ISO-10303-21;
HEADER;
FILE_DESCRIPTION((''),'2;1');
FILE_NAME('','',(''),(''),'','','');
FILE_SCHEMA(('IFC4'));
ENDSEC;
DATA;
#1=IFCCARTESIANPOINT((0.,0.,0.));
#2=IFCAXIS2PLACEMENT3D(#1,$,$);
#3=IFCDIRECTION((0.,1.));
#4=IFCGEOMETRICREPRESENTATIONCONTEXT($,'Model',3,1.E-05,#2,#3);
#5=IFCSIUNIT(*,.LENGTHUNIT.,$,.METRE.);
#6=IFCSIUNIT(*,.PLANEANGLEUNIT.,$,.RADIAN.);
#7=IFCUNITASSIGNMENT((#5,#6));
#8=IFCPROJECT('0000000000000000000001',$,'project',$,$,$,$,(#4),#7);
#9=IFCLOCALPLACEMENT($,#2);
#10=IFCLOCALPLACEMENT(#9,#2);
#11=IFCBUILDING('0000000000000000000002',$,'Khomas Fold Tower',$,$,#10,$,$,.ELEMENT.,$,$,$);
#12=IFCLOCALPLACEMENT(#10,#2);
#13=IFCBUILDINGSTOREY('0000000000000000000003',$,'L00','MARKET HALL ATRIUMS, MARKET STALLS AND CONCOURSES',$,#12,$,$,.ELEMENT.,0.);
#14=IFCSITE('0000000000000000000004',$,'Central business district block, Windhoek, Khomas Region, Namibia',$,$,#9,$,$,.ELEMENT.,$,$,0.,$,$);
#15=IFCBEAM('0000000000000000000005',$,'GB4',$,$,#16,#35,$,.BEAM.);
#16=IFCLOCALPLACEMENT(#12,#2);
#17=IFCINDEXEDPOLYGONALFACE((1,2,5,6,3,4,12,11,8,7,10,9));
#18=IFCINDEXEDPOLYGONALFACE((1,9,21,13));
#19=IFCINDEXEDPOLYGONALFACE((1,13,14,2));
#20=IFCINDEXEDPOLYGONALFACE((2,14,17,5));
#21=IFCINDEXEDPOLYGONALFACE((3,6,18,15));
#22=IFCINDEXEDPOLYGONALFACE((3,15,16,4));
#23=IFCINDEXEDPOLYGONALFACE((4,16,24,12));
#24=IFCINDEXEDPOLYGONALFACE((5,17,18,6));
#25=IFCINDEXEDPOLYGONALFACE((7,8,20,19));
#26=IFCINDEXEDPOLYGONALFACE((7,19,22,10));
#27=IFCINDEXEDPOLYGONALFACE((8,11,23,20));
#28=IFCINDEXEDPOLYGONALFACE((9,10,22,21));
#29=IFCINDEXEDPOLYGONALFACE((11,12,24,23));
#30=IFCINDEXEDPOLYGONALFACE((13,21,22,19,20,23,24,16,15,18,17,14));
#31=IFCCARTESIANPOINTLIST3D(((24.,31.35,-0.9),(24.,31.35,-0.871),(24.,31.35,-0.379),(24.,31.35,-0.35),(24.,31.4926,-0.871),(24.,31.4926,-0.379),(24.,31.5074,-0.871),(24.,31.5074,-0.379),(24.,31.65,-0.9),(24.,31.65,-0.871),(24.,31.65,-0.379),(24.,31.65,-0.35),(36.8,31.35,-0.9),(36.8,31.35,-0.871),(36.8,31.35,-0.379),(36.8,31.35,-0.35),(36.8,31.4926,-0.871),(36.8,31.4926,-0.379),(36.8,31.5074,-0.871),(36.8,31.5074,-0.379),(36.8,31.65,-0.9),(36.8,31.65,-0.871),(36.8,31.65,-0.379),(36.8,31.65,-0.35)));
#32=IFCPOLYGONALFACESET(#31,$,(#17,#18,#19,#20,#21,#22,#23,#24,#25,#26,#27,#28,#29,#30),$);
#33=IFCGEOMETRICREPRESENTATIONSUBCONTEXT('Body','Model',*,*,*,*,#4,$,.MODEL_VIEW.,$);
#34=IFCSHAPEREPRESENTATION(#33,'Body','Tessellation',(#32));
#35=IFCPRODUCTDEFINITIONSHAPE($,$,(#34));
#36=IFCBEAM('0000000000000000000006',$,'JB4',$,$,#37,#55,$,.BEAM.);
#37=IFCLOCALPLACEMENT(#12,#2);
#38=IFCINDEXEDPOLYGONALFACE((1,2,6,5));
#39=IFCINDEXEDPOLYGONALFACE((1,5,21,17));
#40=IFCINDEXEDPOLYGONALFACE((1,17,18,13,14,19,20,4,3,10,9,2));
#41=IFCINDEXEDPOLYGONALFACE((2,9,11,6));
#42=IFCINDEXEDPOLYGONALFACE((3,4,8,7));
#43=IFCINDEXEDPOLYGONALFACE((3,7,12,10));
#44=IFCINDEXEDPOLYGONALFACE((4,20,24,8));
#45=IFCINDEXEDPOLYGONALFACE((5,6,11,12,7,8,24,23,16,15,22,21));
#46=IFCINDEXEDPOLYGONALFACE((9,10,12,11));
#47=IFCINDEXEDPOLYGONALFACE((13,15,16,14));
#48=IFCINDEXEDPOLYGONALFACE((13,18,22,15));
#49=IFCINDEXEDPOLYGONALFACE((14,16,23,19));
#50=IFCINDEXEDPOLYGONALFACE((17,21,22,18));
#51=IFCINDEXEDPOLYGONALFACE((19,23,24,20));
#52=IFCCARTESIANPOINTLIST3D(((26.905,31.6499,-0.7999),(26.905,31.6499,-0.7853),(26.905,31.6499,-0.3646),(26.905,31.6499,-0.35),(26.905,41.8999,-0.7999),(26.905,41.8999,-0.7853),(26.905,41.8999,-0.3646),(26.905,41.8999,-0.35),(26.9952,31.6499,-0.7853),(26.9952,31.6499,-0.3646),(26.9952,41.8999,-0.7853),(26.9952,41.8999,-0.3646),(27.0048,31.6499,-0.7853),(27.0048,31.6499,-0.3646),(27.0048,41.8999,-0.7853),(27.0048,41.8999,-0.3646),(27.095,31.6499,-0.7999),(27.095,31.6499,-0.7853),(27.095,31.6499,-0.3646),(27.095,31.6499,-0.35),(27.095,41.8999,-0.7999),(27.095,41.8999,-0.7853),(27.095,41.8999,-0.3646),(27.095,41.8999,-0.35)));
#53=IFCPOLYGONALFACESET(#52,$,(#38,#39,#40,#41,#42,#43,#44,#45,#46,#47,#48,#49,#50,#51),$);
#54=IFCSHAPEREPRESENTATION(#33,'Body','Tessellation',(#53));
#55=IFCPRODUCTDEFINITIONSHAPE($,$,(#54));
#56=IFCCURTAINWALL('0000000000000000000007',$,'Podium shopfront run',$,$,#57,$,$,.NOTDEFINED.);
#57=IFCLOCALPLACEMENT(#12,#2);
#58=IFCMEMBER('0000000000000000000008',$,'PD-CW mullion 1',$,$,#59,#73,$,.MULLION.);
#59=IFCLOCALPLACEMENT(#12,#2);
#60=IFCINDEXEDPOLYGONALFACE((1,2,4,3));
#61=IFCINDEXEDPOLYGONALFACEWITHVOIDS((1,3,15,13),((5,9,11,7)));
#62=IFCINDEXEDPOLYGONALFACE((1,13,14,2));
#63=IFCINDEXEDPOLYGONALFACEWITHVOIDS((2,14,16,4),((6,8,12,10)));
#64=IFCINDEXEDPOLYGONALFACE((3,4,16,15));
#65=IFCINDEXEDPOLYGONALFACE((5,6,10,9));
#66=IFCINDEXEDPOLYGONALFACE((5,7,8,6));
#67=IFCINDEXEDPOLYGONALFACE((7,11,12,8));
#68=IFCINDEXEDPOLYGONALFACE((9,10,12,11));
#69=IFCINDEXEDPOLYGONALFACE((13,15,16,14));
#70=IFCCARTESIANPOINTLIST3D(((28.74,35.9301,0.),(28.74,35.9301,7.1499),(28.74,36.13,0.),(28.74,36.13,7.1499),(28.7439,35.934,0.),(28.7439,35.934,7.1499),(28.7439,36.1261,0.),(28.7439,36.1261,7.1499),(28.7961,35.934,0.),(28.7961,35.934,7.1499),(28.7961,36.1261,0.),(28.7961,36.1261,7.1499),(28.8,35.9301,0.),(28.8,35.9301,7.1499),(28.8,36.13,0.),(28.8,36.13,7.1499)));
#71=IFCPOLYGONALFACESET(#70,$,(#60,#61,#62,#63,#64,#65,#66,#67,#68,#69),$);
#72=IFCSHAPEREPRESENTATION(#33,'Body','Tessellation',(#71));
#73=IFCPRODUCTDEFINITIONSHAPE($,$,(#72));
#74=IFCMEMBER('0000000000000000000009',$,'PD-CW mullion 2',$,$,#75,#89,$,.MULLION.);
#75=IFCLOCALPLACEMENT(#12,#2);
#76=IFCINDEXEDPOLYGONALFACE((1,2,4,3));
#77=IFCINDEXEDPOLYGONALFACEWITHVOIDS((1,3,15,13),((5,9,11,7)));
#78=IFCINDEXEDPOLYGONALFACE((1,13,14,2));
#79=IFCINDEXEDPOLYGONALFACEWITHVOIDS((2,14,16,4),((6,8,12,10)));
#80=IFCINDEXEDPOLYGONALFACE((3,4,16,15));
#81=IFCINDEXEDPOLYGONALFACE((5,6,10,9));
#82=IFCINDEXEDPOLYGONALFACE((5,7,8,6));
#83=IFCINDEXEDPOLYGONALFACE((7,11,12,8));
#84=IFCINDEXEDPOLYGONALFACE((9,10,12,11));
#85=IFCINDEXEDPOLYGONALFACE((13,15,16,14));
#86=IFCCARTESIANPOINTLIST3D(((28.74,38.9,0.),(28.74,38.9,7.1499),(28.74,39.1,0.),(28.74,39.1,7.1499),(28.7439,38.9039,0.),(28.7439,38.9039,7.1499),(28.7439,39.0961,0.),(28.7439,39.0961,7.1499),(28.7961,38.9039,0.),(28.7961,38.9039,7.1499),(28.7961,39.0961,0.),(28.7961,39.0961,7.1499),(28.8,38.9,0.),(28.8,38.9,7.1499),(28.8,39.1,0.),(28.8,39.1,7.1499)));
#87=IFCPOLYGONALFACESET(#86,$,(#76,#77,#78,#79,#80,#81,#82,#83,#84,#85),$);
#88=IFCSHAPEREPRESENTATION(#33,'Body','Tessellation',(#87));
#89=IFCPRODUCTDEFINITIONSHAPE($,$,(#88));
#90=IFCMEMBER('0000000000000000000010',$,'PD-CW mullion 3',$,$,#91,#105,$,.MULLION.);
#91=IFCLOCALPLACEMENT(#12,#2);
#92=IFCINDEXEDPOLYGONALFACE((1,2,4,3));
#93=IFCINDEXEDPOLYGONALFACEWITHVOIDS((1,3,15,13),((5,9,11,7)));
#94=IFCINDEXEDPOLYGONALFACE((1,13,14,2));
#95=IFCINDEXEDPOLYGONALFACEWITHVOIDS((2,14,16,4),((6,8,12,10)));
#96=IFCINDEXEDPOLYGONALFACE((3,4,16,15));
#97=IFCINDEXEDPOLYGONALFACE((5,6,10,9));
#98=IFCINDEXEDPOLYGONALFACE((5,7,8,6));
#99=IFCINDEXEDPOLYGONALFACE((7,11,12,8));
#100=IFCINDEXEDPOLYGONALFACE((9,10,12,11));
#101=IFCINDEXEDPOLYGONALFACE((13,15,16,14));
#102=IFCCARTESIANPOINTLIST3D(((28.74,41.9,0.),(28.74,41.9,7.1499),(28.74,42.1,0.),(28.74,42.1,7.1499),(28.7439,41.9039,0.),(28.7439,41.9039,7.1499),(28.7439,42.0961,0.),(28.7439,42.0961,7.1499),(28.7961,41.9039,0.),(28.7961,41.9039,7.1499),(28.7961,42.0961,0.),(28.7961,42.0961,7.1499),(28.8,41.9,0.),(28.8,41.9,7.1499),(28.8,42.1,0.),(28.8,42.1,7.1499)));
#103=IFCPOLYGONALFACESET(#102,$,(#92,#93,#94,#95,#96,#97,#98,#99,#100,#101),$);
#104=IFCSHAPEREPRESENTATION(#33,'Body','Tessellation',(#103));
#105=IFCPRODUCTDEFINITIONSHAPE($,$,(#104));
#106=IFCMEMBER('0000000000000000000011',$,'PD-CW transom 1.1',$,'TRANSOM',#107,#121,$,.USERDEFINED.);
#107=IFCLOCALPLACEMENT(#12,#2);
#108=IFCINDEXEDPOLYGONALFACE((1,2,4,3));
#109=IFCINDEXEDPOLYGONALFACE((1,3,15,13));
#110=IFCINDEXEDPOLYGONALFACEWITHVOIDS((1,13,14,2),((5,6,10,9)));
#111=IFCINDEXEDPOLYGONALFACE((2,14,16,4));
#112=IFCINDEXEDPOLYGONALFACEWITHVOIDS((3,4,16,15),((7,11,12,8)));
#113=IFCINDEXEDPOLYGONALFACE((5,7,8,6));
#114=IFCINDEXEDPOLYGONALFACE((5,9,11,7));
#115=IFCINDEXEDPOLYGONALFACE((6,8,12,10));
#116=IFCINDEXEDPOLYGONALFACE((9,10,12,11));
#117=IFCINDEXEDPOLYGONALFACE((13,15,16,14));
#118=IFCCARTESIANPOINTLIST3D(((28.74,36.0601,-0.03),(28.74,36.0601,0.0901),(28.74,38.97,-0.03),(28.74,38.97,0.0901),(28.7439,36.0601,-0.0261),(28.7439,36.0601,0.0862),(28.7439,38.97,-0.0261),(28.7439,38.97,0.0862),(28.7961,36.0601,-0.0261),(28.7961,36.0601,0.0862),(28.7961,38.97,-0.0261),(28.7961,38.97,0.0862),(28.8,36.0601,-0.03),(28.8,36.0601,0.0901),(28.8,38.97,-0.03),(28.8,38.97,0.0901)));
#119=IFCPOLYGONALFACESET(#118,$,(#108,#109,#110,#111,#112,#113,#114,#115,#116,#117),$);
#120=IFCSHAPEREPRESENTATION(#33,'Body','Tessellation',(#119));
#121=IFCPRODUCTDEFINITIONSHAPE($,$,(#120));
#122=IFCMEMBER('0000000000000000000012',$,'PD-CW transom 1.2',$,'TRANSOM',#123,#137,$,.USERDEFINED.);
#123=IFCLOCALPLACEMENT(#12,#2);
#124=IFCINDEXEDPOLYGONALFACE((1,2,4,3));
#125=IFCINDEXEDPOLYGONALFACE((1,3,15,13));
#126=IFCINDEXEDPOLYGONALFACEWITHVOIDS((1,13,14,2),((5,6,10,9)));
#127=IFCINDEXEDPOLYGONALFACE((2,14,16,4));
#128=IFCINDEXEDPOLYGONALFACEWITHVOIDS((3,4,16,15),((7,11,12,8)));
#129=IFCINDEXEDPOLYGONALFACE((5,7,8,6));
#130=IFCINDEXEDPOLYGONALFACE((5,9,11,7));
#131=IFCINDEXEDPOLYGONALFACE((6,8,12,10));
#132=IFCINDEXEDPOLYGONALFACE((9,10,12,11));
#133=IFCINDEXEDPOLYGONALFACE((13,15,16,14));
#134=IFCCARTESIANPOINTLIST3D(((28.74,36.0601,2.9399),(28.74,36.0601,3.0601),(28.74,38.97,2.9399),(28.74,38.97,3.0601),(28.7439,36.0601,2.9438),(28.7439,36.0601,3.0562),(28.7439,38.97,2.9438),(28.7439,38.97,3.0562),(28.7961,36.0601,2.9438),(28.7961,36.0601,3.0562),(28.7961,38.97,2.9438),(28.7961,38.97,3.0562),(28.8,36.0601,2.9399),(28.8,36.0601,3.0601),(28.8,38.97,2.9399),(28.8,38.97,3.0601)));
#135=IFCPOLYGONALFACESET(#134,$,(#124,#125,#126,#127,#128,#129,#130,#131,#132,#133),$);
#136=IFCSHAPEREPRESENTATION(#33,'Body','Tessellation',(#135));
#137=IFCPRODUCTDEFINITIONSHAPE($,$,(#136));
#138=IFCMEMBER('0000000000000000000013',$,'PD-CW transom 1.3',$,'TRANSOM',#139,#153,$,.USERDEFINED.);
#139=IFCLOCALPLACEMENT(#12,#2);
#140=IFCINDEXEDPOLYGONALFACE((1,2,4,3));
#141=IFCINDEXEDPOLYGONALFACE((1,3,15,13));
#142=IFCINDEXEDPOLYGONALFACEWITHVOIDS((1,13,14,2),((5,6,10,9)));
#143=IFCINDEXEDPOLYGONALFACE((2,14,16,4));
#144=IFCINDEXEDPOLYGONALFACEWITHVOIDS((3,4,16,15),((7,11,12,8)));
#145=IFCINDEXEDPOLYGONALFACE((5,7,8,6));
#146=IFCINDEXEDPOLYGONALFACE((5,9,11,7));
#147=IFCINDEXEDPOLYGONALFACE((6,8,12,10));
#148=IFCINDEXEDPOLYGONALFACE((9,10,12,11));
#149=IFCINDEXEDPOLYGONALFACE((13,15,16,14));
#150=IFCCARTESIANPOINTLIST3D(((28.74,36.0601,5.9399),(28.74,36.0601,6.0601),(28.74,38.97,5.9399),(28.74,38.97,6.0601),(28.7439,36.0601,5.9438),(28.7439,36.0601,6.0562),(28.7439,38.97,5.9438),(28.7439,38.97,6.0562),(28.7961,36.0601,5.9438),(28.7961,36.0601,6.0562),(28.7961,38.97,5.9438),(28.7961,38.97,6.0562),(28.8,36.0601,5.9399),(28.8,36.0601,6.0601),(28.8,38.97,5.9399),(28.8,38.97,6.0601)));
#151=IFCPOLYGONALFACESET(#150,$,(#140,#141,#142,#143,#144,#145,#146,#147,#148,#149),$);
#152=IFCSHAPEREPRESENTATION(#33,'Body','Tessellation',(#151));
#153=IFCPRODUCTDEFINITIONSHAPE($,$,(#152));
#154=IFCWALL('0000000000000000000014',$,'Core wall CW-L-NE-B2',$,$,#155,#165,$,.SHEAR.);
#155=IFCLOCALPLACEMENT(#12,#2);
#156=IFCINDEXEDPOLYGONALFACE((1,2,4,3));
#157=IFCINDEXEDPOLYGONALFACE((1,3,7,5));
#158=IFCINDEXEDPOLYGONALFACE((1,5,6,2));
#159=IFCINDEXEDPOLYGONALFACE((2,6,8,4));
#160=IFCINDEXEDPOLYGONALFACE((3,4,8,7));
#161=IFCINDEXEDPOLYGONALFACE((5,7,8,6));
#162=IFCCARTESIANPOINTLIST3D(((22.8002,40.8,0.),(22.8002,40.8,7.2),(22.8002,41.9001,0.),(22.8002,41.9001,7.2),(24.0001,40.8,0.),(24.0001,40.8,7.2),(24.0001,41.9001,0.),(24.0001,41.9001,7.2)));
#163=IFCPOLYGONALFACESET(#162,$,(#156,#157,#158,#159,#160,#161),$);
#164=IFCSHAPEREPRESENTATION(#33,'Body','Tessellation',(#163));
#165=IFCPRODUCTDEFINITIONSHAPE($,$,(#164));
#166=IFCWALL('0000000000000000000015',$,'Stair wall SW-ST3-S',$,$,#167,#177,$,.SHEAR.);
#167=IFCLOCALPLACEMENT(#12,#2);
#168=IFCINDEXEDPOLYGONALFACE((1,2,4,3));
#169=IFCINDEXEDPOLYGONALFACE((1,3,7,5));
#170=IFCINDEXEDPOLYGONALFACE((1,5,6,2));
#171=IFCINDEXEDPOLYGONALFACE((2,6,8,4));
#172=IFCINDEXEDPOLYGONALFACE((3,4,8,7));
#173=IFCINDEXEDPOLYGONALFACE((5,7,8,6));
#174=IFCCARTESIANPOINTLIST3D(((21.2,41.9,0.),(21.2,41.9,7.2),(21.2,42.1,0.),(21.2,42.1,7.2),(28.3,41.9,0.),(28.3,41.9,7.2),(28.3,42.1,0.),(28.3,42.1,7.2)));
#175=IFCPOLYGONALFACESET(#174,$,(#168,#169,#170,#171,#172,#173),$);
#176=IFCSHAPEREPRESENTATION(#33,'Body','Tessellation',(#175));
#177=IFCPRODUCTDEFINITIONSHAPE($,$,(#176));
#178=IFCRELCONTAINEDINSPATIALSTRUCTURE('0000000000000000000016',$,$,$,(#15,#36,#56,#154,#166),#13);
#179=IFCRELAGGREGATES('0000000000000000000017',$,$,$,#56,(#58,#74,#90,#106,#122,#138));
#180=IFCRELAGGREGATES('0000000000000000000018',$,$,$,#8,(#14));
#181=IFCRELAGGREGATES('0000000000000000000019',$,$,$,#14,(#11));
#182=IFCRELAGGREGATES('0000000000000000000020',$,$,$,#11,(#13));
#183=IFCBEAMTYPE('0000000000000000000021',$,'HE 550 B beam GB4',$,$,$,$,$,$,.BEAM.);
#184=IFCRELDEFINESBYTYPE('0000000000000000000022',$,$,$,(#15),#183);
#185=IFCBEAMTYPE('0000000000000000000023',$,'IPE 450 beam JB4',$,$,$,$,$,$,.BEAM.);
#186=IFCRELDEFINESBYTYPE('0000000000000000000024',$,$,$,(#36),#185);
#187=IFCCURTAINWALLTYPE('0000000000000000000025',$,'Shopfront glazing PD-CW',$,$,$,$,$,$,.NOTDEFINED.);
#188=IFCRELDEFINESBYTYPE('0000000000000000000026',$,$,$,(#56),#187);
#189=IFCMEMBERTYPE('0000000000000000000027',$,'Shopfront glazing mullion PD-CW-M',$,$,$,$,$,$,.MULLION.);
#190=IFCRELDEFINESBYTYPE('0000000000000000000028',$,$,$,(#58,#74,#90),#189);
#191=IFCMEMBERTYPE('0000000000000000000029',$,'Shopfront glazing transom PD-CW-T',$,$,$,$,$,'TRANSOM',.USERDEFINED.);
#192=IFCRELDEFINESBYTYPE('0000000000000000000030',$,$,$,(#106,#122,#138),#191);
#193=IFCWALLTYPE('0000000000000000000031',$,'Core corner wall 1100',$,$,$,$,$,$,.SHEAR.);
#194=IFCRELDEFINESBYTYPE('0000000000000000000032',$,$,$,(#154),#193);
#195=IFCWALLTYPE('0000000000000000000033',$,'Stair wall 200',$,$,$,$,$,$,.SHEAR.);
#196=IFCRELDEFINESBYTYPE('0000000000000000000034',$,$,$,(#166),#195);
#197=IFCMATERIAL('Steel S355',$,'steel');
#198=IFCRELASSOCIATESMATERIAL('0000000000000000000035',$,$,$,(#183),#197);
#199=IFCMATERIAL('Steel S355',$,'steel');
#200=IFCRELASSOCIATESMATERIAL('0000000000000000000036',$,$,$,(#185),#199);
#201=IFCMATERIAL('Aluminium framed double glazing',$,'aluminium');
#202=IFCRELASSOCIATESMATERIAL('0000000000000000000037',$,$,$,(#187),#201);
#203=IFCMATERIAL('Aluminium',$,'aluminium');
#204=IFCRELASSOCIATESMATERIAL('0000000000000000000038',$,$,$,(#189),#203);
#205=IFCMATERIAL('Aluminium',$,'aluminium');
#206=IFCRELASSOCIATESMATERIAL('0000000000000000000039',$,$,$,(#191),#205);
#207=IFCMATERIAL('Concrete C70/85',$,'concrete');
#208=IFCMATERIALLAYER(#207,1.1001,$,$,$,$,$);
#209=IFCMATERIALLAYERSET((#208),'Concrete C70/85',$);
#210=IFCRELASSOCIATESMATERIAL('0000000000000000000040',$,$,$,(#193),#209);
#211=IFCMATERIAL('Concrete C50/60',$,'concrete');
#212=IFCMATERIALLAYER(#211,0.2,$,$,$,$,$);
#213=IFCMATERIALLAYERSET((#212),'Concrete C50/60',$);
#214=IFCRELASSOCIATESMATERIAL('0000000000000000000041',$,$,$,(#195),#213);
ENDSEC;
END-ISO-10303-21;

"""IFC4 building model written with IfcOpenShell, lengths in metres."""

from ifc_helpers import new_model, si_unit, direction, frame, frame_2d, origin, origin_2d, place, context, subcontext, project, spatial, rectangle, hollow_rectangle, i_section, extrude, source, transform, mapped, material, layer, layer_set, material_profile, profile_set, type_object, element, aggregate, save


model = new_model("IFC4")

# Units and contexts
model_context = context("Model", 3, precision=1e-05, world=origin(), true_north=direction((0.0, 1.0)))
body_context = subcontext(model_context, "Body", "Model", "MODEL_VIEW")
ifc_project = project(units=[si_unit("LENGTHUNIT", "METRE"), si_unit("PLANEANGLEUNIT", "RADIAN")], contexts=[model_context])

# Site, building, storey
site_placement = place(None, origin())
site = spatial("IfcSite", under=ifc_project, at=site_placement, Name="Central business district block, Windhoek, Khomas Region, Namibia", CompositionType="ELEMENT", RefElevation=0.0)
building_placement = place(site_placement, origin())
building = spatial("IfcBuilding", under=site, at=building_placement, Name="Khomas Fold Tower", CompositionType="ELEMENT")
storey_placement = place(building_placement, origin())
storey = spatial("IfcBuildingStorey", under=building, at=storey_placement, Name="L00", Description="MARKET HALL ATRIUMS, MARKET STALLS AND CONCOURSES", CompositionType="ELEMENT", Elevation=0.0)

# Beams
ifc_material_1 = material(Name="Steel S355", Category="steel")
ifc_material_profile_1 = material_profile(ifc_material_1, i_section(OverallWidth=0.3, OverallDepth=0.55, WebThickness=0.0149, FlangeThickness=0.0291, at=origin_2d()), Name="HE 550 B")
ifc_profile_set_1 = profile_set([ifc_material_profile_1], Name="Steel S355")
beam_type_1 = type_object("IfcBeamType", Name="HE 550 B beam GB4", PredefinedType="BEAM", material=ifc_profile_set_1)
shared_shape_1 = source(origin(), body_context, "Body", "SweptSolid", [
    extrude(i_section(OverallWidth=0.3, OverallDepth=0.55, WebThickness=0.0149, FlangeThickness=0.0291, at=origin_2d()), origin(), (0.0, 0.0, 1.0), 12.8),
])
beam_1_placement = place(storey_placement, frame((24.0, 31.5, -0.625), z_axis=(1.0, 0.0, 0.0), x_axis=(0.0, 1.0, 0.0)))
element("IfcBeam", 1, at=beam_1_placement, inside=storey, type_object=beam_type_1, Name="GB4", PredefinedType="BEAM", context=body_context, shape_type="MappedRepresentation", body=[
    mapped(shared_shape_1, transform((0.0, 0.0, 0.0))),
])
ifc_material_2 = material(Name="Steel S355", Category="steel")
ifc_material_profile_2 = material_profile(ifc_material_2, i_section(OverallWidth=0.1899, OverallDepth=0.45, WebThickness=0.0095, FlangeThickness=0.0146, at=origin_2d()), Name="IPE 450")
ifc_profile_set_2 = profile_set([ifc_material_profile_2], Name="Steel S355")
beam_type_2 = type_object("IfcBeamType", Name="IPE 450 beam JB4", PredefinedType="BEAM", material=ifc_profile_set_2)
shared_shape_2 = source(origin(), body_context, "Body", "SweptSolid", [
    extrude(i_section(OverallWidth=0.1899, OverallDepth=0.45, WebThickness=0.0095, FlangeThickness=0.0146, at=origin_2d()), origin(), (0.0, 0.0, 1.0), 10.25),
])
beam_2_placement = place(storey_placement, frame((27.0, 31.6499, -0.575), z_axis=(0.0, 1.0, 0.0), x_axis=(-1.0, 0.0, 0.0)))
element("IfcBeam", 2, at=beam_2_placement, inside=storey, type_object=beam_type_2, Name="JB4", PredefinedType="BEAM", context=body_context, shape_type="MappedRepresentation", body=[
    mapped(shared_shape_2, transform((0.0, 0.0, 0.0))),
])

# Curtain wall, members
ifc_material_3 = material(Name="Aluminium framed double glazing", Category="aluminium")
curtain_wall_type = type_object("IfcCurtainWallType", Name="Shopfront glazing PD-CW", PredefinedType="NOTDEFINED", material=ifc_material_3)
curtain_wall_placement = place(storey_placement, origin())
curtain_wall = element("IfcCurtainWall", 3, at=curtain_wall_placement, inside=storey, type_object=curtain_wall_type, Name="Podium shopfront run", PredefinedType="NOTDEFINED")
ifc_material_4 = material(Name="Aluminium", Category="aluminium")
ifc_material_profile_3 = material_profile(ifc_material_4, hollow_rectangle(XDim=0.0601, YDim=0.2, WallThickness=0.0039, at=origin_2d()), Name="Shopfront glazing mullion PD-CW-M")
ifc_profile_set_3 = profile_set([ifc_material_profile_3], Name="Aluminium")
member_type_1 = type_object("IfcMemberType", Name="Shopfront glazing mullion PD-CW-M", PredefinedType="MULLION", material=ifc_profile_set_3)
shared_shape_3 = source(origin(), body_context, "Body", "SweptSolid", [
    extrude(hollow_rectangle(XDim=0.0601, YDim=0.2, WallThickness=0.0039, at=origin_2d()), origin(), (0.0, 0.0, 1.0), 7.1499),
])
member_1_placement = place(storey_placement, frame((28.77, 36.03, 0.0), z_axis=(0.0, 0.0, 1.0), x_axis=(-1.0, 0.0, 0.0)))
member_1 = element("IfcMember", 4, at=member_1_placement, type_object=member_type_1, Name="PD-CW mullion 1", PredefinedType="MULLION", context=body_context, shape_type="MappedRepresentation", body=[
    mapped(shared_shape_3, transform((0.0, 0.0, 0.0))),
])
member_2_placement = place(storey_placement, frame((28.77, 39.0, 0.0), z_axis=(0.0, 0.0, 1.0), x_axis=(-1.0, 0.0, 0.0)))
member_2 = element("IfcMember", 5, at=member_2_placement, type_object=member_type_1, Name="PD-CW mullion 2", PredefinedType="MULLION", context=body_context, shape_type="MappedRepresentation", body=[
    mapped(shared_shape_3, transform((0.0, 0.0, 0.0))),
])
member_3_placement = place(storey_placement, frame((28.77, 42.0, 0.0), z_axis=(0.0, 0.0, 1.0), x_axis=(-1.0, 0.0, 0.0)))
member_3 = element("IfcMember", 6, at=member_3_placement, type_object=member_type_1, Name="PD-CW mullion 3", PredefinedType="MULLION", context=body_context, shape_type="MappedRepresentation", body=[
    mapped(shared_shape_3, transform((0.0, 0.0, 0.0))),
])
ifc_material_5 = material(Name="Aluminium", Category="aluminium")
ifc_material_profile_4 = material_profile(ifc_material_5, hollow_rectangle(XDim=0.0601, YDim=0.1201, WallThickness=0.0039, at=origin_2d()), Name="Shopfront glazing transom PD-CW-T")
ifc_profile_set_4 = profile_set([ifc_material_profile_4], Name="Aluminium")
member_type_2 = type_object("IfcMemberType", Name="Shopfront glazing transom PD-CW-T", ElementType="TRANSOM", PredefinedType="USERDEFINED", material=ifc_profile_set_4)
shared_shape_4 = source(origin(), body_context, "Body", "SweptSolid", [
    extrude(hollow_rectangle(XDim=0.0601, YDim=0.1201, WallThickness=0.0039, at=origin_2d()), origin(), (0.0, 0.0, 1.0), 2.9099),
])
member_4_placement = place(storey_placement, frame((28.77, 36.0601, 0.03), z_axis=(0.0, 1.0, 0.0), x_axis=(-1.0, 0.0, 0.0)))
member_4 = element("IfcMember", 7, at=member_4_placement, type_object=member_type_2, Name="PD-CW transom 1.1", ObjectType="TRANSOM", PredefinedType="USERDEFINED", context=body_context, shape_type="MappedRepresentation", body=[
    mapped(shared_shape_4, transform((0.0, 0.0, 0.0))),
])
member_5_placement = place(storey_placement, frame((28.77, 36.0601, 3.0), z_axis=(0.0, 1.0, 0.0), x_axis=(-1.0, 0.0, 0.0)))
member_5 = element("IfcMember", 8, at=member_5_placement, type_object=member_type_2, Name="PD-CW transom 1.2", ObjectType="TRANSOM", PredefinedType="USERDEFINED", context=body_context, shape_type="MappedRepresentation", body=[
    mapped(shared_shape_4, transform((0.0, 0.0, 0.0))),
])
member_6_placement = place(storey_placement, frame((28.77, 36.0601, 6.0), z_axis=(0.0, 1.0, 0.0), x_axis=(-1.0, 0.0, 0.0)))
member_6 = element("IfcMember", 9, at=member_6_placement, type_object=member_type_2, Name="PD-CW transom 1.3", ObjectType="TRANSOM", PredefinedType="USERDEFINED", context=body_context, shape_type="MappedRepresentation", body=[
    mapped(shared_shape_4, transform((0.0, 0.0, 0.0))),
])
aggregate(curtain_wall, [member_1, member_2, member_3, member_4, member_5, member_6])

# Walls
ifc_material_6 = material(Name="Concrete C70/85", Category="concrete")
ifc_layer_1 = layer(ifc_material_6, 1.1001)
ifc_layer_set_1 = layer_set([ifc_layer_1], Name="Concrete C70/85")
wall_type_1 = type_object("IfcWallType", Name="Core corner wall 1100", PredefinedType="SHEAR", material=ifc_layer_set_1)
shared_shape_5 = source(origin(), body_context, "Body", "SweptSolid", [
    extrude(rectangle(XDim=1.2, YDim=1.1001, at=frame_2d((0.6001, 0.0))), origin(), (0.0, 0.0, 1.0), 7.2),
])
wall_1_placement = place(storey_placement, frame((22.8, 41.3501, 0.0), z_axis=(0.0, 0.0, 1.0), x_axis=(1.0, 0.0, 0.0)))
element("IfcWall", 10, at=wall_1_placement, inside=storey, type_object=wall_type_1, Name="Core wall CW-L-NE-B2", PredefinedType="SHEAR", context=body_context, shape_type="MappedRepresentation", body=[
    mapped(shared_shape_5, transform((0.0, 0.0, 0.0))),
])
ifc_material_7 = material(Name="Concrete C50/60", Category="concrete")
ifc_layer_2 = layer(ifc_material_7, 0.2)
ifc_layer_set_2 = layer_set([ifc_layer_2], Name="Concrete C50/60")
wall_type_2 = type_object("IfcWallType", Name="Stair wall 200", PredefinedType="SHEAR", material=ifc_layer_set_2)
shared_shape_6 = source(origin(), body_context, "Body", "SweptSolid", [
    extrude(rectangle(XDim=7.1001, YDim=0.2, at=frame_2d((3.55, 0.0))), origin(), (0.0, 0.0, 1.0), 7.2),
])
wall_2_placement = place(storey_placement, frame((21.2, 42.0, 0.0), z_axis=(0.0, 0.0, 1.0), x_axis=(1.0, 0.0, 0.0)))
element("IfcWall", 11, at=wall_2_placement, inside=storey, type_object=wall_type_2, Name="Stair wall SW-ST3-S", PredefinedType="SHEAR", context=body_context, shape_type="MappedRepresentation", body=[
    mapped(shared_shape_6, transform((0.0, 0.0, 0.0))),
])

save(model, "model.ifc")
